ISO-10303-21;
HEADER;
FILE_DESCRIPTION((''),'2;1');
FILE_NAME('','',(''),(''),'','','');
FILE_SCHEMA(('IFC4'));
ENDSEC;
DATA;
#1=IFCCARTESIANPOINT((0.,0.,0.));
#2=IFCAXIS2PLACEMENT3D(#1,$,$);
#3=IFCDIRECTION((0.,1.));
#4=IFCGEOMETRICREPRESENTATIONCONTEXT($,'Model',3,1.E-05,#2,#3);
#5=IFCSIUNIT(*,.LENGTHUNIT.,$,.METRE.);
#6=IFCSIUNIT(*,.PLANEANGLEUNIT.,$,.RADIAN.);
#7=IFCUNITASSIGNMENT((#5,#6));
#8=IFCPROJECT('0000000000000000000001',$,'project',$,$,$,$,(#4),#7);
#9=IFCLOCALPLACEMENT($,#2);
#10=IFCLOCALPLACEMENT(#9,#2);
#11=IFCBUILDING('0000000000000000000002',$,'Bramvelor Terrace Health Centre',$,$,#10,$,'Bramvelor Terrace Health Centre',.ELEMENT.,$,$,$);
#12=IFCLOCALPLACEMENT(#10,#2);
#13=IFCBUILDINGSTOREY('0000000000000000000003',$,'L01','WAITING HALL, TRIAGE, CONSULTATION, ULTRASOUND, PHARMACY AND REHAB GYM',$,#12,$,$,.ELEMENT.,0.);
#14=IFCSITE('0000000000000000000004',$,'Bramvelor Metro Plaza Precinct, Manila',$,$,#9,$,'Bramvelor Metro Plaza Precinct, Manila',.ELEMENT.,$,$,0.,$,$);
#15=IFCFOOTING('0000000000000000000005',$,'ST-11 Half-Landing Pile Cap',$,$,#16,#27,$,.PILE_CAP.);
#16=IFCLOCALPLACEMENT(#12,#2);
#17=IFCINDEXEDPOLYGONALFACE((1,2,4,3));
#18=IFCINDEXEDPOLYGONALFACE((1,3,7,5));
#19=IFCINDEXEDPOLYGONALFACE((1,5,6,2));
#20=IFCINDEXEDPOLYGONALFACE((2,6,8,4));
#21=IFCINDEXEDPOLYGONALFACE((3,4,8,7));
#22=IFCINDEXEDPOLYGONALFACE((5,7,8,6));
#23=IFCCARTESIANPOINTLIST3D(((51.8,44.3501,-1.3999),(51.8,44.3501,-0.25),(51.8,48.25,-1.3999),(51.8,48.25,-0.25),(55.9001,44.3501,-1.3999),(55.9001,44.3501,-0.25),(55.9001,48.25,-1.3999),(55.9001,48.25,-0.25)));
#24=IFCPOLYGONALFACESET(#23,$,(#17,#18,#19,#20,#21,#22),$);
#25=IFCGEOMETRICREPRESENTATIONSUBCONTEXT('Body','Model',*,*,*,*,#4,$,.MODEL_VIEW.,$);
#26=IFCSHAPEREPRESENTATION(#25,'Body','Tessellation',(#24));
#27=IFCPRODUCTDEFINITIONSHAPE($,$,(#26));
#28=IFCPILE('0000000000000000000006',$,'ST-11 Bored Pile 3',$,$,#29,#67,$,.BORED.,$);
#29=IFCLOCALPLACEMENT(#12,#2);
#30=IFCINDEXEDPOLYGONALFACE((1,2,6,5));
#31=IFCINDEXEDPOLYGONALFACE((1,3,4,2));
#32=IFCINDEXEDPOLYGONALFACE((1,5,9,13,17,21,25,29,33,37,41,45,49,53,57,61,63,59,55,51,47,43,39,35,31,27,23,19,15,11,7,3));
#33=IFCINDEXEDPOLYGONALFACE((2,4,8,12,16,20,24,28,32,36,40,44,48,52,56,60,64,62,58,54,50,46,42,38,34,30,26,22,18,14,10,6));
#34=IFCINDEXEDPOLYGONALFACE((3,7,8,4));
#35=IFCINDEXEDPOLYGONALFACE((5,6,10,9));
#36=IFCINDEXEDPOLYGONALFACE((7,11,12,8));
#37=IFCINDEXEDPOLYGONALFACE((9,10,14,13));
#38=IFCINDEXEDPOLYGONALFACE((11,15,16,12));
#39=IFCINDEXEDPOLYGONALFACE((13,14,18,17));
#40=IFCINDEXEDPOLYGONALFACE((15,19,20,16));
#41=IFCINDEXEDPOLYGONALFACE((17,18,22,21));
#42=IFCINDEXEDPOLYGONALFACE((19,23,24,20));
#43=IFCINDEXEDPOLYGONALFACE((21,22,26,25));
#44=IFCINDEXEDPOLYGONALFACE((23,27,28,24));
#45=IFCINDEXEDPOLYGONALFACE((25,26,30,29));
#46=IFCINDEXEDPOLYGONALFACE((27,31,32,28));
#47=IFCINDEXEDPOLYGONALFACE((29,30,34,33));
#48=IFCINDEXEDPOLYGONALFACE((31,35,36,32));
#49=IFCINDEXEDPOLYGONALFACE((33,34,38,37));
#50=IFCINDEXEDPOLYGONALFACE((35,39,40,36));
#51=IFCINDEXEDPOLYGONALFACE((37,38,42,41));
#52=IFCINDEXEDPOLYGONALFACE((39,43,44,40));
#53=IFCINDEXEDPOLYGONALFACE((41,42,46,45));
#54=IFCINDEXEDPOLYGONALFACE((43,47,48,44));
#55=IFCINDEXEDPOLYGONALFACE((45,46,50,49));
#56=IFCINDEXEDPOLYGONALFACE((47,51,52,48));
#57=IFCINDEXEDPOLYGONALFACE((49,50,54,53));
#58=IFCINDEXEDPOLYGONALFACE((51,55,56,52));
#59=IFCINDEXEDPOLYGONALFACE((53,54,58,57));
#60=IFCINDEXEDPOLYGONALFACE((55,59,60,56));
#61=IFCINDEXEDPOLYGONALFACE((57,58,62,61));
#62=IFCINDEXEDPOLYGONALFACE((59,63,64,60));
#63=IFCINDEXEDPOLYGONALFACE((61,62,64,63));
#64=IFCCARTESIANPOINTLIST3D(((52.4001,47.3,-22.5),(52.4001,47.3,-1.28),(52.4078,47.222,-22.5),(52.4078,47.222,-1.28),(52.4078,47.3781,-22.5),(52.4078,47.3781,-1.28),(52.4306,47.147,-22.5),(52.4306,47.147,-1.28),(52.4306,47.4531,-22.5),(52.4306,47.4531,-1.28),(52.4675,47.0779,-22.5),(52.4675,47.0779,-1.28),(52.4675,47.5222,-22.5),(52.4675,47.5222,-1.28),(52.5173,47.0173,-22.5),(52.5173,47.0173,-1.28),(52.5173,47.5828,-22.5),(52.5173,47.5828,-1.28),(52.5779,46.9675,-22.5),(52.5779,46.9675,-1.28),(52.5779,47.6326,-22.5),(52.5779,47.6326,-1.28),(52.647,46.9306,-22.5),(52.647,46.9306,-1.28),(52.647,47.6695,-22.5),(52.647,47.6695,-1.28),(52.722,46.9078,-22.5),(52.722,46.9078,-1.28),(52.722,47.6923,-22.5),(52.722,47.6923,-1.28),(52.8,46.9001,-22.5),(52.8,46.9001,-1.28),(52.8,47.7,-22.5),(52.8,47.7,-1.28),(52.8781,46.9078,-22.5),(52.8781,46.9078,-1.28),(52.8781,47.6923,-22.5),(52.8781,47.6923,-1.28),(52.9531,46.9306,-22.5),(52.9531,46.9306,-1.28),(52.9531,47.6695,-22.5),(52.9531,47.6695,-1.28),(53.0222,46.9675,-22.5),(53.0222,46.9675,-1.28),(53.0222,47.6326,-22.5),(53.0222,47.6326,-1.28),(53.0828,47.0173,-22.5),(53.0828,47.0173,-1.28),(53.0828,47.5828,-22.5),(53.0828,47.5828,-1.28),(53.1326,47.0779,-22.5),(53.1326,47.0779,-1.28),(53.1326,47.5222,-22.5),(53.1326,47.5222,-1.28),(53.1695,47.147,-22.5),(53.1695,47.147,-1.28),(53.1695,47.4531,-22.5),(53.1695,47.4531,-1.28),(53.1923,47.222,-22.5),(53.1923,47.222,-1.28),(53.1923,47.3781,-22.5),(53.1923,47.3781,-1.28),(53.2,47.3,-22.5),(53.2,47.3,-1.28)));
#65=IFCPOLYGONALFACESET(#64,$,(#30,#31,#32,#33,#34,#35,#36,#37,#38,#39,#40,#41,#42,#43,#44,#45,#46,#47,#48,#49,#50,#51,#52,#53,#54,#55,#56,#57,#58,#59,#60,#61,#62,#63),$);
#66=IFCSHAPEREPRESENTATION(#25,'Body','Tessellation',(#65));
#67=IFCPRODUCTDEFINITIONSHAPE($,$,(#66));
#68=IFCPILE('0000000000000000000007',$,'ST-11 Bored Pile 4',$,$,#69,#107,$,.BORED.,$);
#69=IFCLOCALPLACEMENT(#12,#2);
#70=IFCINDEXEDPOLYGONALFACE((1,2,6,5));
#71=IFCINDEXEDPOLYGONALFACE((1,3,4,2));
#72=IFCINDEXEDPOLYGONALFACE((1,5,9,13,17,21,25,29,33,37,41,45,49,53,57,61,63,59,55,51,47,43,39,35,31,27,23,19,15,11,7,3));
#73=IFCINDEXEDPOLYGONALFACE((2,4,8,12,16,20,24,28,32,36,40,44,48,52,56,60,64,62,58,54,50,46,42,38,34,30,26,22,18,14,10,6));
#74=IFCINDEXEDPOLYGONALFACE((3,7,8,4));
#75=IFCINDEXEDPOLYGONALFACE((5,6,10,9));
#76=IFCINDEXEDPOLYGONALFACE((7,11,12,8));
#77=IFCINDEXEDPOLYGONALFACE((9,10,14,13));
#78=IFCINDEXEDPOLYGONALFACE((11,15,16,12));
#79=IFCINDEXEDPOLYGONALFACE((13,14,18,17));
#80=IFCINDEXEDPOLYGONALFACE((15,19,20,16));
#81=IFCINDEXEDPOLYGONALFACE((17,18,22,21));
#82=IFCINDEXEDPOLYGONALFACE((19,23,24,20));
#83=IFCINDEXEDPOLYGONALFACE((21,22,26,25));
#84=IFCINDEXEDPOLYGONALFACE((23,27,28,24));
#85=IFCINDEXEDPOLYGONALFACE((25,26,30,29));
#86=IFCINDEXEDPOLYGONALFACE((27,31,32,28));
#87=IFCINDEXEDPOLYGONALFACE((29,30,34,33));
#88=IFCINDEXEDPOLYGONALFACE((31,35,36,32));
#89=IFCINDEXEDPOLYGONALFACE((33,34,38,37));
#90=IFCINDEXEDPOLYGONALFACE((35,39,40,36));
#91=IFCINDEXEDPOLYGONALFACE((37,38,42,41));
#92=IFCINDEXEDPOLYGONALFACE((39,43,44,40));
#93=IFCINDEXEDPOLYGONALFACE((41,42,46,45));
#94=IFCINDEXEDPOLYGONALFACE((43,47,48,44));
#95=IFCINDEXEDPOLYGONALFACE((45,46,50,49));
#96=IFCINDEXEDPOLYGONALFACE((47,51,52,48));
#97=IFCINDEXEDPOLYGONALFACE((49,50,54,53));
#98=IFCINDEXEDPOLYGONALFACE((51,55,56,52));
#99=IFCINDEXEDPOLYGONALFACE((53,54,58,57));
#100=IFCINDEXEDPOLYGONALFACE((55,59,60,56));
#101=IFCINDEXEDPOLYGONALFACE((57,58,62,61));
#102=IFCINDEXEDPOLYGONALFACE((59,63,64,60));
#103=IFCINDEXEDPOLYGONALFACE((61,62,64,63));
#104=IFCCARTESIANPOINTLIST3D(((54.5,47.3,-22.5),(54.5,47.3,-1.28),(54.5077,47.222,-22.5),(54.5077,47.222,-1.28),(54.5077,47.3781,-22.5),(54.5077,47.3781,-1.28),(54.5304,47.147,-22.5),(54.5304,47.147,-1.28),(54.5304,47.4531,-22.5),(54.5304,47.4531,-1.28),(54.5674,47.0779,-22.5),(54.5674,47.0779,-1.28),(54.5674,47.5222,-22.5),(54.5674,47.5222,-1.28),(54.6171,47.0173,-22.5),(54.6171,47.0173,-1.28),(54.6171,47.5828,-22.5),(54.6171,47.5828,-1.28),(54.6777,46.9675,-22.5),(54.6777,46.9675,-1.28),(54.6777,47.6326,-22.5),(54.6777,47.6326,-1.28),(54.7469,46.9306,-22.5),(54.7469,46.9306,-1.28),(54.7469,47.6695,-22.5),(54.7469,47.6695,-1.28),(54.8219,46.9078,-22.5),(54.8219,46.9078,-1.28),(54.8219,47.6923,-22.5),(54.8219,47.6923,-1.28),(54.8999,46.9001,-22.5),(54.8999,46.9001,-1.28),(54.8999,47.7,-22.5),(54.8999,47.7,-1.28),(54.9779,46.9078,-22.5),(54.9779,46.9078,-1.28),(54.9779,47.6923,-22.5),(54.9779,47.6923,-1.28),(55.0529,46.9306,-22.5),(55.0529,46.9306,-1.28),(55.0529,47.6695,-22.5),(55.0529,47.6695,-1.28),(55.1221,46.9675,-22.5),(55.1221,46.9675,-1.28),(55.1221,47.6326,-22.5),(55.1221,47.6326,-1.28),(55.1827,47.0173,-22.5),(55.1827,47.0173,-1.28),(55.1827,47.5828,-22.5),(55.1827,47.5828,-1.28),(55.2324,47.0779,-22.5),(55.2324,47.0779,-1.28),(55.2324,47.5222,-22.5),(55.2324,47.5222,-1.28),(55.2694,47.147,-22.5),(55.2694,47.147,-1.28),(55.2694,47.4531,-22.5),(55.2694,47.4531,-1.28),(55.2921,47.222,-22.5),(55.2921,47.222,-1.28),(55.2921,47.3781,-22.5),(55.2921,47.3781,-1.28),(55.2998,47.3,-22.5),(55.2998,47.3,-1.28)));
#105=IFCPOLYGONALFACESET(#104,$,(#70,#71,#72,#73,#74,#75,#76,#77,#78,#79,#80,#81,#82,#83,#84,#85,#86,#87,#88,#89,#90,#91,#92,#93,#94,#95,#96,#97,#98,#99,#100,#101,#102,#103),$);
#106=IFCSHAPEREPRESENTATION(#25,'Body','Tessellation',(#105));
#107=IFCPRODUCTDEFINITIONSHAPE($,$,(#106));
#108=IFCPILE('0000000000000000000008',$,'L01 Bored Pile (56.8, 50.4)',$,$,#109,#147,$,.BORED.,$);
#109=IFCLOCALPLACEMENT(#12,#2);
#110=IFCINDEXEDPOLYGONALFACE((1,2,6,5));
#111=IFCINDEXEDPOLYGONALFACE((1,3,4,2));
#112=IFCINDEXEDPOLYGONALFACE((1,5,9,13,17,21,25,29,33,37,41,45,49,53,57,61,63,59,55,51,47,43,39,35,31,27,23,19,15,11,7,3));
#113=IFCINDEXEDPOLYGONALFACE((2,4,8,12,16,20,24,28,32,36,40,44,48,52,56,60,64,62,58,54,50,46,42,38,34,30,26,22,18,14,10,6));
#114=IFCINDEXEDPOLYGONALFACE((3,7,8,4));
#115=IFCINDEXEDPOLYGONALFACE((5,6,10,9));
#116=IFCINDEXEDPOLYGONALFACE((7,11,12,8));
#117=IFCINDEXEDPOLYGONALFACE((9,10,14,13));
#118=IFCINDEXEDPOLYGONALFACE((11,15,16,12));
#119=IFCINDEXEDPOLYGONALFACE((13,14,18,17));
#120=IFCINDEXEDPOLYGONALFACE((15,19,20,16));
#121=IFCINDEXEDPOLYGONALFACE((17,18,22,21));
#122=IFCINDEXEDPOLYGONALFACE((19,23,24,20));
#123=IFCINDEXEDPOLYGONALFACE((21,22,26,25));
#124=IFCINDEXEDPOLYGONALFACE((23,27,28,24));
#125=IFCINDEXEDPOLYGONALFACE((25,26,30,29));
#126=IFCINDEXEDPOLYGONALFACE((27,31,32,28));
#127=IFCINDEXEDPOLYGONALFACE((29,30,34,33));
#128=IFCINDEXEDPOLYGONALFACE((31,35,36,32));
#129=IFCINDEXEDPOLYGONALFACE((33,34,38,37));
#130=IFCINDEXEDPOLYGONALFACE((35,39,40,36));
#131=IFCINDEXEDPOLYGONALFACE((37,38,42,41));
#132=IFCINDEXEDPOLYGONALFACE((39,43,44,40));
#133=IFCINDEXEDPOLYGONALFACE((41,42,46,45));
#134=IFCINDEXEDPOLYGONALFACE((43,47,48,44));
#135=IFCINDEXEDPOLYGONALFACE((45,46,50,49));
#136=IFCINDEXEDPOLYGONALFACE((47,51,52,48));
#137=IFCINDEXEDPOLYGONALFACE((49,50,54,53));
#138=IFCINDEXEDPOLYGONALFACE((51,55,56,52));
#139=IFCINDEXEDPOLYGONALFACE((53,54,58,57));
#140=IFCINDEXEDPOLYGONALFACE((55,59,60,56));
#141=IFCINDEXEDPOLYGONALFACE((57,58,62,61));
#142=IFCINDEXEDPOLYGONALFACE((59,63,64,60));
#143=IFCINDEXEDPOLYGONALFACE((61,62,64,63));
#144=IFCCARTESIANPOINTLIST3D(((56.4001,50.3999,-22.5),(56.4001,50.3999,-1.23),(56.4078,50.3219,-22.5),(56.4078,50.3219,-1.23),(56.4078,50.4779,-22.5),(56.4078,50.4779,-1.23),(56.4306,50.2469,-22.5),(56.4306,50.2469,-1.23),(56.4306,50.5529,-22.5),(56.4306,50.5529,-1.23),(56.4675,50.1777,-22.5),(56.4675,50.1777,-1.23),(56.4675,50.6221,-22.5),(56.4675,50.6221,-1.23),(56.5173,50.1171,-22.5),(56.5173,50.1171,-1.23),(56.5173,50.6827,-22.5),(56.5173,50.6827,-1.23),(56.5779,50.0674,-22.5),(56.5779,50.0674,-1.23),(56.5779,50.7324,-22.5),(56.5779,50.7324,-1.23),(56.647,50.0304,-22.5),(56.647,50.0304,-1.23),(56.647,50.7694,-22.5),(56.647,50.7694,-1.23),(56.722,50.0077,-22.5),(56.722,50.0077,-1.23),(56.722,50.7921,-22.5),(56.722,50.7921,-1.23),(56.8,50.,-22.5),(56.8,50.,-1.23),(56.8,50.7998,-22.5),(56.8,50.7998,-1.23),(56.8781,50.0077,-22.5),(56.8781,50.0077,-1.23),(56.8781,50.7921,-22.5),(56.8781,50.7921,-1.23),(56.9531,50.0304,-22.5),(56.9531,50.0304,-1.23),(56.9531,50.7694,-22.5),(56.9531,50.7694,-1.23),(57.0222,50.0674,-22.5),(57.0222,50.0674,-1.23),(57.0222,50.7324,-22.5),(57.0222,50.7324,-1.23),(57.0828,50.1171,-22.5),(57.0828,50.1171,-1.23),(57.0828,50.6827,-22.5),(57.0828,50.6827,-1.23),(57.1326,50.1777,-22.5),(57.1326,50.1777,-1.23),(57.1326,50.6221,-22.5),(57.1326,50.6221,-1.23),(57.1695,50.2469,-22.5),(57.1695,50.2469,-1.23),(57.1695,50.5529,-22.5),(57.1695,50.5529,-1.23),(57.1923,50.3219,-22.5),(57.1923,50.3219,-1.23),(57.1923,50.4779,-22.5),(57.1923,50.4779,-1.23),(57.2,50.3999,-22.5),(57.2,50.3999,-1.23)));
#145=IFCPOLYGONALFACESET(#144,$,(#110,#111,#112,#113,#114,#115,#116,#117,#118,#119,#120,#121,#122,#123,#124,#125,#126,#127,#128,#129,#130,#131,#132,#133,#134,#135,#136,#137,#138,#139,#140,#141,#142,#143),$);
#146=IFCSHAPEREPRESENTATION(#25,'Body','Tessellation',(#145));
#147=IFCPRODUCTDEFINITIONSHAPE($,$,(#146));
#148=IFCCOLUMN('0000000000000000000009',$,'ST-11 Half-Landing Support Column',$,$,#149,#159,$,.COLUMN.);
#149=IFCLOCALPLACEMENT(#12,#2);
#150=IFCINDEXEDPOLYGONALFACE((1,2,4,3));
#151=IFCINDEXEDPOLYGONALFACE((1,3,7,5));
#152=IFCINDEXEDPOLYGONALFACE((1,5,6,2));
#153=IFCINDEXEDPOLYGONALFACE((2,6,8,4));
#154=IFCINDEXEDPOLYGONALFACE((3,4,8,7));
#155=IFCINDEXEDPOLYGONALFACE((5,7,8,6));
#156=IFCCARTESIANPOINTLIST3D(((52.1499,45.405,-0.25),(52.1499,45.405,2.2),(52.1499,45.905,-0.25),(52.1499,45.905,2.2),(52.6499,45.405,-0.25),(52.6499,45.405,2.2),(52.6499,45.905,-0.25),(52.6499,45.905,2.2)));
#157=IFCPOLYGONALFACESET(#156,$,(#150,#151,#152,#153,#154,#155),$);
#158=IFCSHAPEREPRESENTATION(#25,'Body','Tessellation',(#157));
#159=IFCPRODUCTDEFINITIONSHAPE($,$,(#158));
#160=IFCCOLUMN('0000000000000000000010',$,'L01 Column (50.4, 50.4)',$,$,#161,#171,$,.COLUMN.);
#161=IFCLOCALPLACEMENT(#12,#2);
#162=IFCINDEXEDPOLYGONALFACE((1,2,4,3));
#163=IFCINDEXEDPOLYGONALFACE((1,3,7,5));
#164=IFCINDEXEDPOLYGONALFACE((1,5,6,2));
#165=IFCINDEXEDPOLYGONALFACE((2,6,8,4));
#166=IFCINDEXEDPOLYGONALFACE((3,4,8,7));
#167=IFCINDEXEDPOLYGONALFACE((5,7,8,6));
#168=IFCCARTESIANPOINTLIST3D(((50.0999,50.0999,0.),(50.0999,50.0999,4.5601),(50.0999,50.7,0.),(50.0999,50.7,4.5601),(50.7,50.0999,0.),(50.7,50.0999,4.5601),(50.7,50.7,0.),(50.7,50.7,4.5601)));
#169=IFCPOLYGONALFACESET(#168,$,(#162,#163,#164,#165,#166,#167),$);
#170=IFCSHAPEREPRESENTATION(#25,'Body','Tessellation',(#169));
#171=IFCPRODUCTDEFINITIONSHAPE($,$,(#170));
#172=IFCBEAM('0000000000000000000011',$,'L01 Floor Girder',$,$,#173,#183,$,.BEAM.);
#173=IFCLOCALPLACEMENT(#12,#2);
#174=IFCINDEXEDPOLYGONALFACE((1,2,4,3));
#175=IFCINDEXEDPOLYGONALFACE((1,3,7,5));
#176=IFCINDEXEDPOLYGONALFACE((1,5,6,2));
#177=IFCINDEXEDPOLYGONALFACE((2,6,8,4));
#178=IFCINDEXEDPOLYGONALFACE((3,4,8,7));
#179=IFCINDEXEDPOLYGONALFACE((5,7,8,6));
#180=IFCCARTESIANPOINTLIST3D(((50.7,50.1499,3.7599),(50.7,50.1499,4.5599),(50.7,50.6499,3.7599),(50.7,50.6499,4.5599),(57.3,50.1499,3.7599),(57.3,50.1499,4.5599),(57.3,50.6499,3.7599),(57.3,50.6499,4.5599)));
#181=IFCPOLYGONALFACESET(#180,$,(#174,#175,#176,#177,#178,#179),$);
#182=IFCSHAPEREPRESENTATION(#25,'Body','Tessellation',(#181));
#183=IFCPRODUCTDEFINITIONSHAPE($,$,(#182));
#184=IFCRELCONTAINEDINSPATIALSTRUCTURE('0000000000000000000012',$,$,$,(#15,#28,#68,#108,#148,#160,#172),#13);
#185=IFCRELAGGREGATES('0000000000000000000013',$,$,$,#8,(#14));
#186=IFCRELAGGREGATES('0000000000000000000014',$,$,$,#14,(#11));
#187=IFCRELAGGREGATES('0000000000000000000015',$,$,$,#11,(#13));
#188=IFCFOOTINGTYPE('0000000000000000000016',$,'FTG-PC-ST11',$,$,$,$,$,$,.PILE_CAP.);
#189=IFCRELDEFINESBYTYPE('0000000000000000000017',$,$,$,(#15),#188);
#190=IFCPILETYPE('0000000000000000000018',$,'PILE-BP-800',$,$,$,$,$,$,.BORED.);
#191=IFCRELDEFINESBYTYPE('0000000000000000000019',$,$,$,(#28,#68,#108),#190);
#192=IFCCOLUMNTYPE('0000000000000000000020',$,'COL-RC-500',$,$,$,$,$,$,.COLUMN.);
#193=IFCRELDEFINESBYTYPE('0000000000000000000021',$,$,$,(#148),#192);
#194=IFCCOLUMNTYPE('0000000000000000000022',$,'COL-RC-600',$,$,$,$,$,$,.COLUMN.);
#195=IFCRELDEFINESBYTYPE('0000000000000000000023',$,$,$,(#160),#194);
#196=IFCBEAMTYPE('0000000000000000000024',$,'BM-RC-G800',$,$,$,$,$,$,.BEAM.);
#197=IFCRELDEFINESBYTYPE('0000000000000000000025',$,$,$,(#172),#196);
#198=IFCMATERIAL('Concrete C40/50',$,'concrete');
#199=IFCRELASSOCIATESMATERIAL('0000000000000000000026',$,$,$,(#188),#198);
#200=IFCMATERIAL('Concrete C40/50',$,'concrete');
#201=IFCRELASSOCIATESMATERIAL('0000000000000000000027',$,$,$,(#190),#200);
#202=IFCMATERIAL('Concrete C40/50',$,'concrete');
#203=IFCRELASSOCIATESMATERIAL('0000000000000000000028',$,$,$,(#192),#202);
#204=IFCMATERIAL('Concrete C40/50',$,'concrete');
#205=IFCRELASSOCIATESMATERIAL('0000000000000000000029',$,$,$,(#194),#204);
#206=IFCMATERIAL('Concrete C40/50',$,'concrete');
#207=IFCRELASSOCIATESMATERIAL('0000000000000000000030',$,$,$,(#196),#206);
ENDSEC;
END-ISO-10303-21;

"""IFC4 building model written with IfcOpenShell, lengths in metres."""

from ifc_helpers import new_model, si_unit, direction, frame, origin, origin_2d, place, context, subcontext, project, spatial, rectangle, circle, extrude, material, material_profile, profile_set, type_object, element, save


model = new_model("IFC4")

# Units and contexts
model_context = context("Model", 3, precision=1e-05, world=origin(), true_north=direction((0.0, 1.0)))
body_context = subcontext(model_context, "Body", "Model", "MODEL_VIEW")
ifc_project = project(units=[si_unit("LENGTHUNIT", "METRE"), si_unit("PLANEANGLEUNIT", "RADIAN")], contexts=[model_context])

# Site, building, storey
site_placement = place(None, origin())
site = spatial("IfcSite", under=ifc_project, at=site_placement, Name="Bramvelor Metro Plaza Precinct, Manila", LongName="Bramvelor Metro Plaza Precinct, Manila", CompositionType="ELEMENT", RefElevation=0.0)
building_placement = place(site_placement, origin())
building = spatial("IfcBuilding", under=site, at=building_placement, Name="Bramvelor Terrace Health Centre", LongName="Bramvelor Terrace Health Centre", CompositionType="ELEMENT")
storey_placement = place(building_placement, origin())
storey = spatial("IfcBuildingStorey", under=building, at=storey_placement, Name="L01", Description="WAITING HALL, TRIAGE, CONSULTATION, ULTRASOUND, PHARMACY AND REHAB GYM", CompositionType="ELEMENT", Elevation=0.0)

# Footing
ifc_material_1 = material(Name="Concrete C40/50", Category="concrete")
footing_type = type_object("IfcFootingType", Name="FTG-PC-ST11", PredefinedType="PILE_CAP", material=ifc_material_1)
footing_placement = place(storey_placement, frame((53.8501, 46.3, -1.3999), z_axis=(0.0, 0.0, 1.0), x_axis=(1.0, 0.0, 0.0)))
element("IfcFooting", 1, at=footing_placement, inside=storey, type_object=footing_type, Name="ST-11 Half-Landing Pile Cap", PredefinedType="PILE_CAP", context=body_context, shape_type="SweptSolid", body=[
    extrude(rectangle(XDim=4.1001, YDim=3.8999, at=origin_2d()), origin(), (0.0, 0.0, 1.0), 1.1499),
])

# Piles
ifc_material_2 = material(Name="Concrete C40/50", Category="concrete")
ifc_material_profile_1 = material_profile(ifc_material_2, circle(Radius=0.3999, at=origin_2d()), Name="BP D800")
ifc_profile_set_1 = profile_set([ifc_material_profile_1], Name="Concrete C40/50")
pile_type = type_object("IfcPileType", Name="PILE-BP-800", PredefinedType="BORED", material=ifc_profile_set_1)
for number, where, z_axis, x_axis, name in (
    (2, (52.8, 47.3, -1.28), (0.0, 0.0, -1.0), (1.0, 0.0, 0.0), "ST-11 Bored Pile 3"),
    (3, (54.8999, 47.3, -1.28), (0.0, 0.0, -1.0), (1.0, 0.0, 0.0), "ST-11 Bored Pile 4"),
):
    element("IfcPile", number, at=place(storey_placement, frame(where, z_axis=z_axis, x_axis=x_axis)), inside=storey, type_object=pile_type, Name=name, PredefinedType="BORED", context=body_context, shape_type="SweptSolid", body=[
        extrude(circle(Radius=0.3999, at=origin_2d()), origin(), (0.0, 0.0, 1.0), 21.22),
    ])
pile_placement = place(storey_placement, frame((56.8, 50.3999, -1.23), z_axis=(0.0, 0.0, -1.0), x_axis=(1.0, 0.0, 0.0)))
element("IfcPile", 4, at=pile_placement, inside=storey, type_object=pile_type, Name="L01 Bored Pile (56.8, 50.4)", PredefinedType="BORED", context=body_context, shape_type="SweptSolid", body=[
    extrude(circle(Radius=0.3999, at=origin_2d()), origin(), (0.0, 0.0, 1.0), 21.27),
])

# Columns
ifc_material_3 = material(Name="Concrete C40/50", Category="concrete")
ifc_material_profile_2 = material_profile(ifc_material_3, rectangle(XDim=0.5, YDim=0.5, at=origin_2d()), Name="RC 500x500")
ifc_profile_set_2 = profile_set([ifc_material_profile_2], Name="Concrete C40/50")
column_type_1 = type_object("IfcColumnType", Name="COL-RC-500", PredefinedType="COLUMN", material=ifc_profile_set_2)
column_1_placement = place(storey_placement, frame((52.3999, 45.655, -0.25), z_axis=(0.0, 0.0, 1.0), x_axis=(1.0, 0.0, 0.0)))
element("IfcColumn", 5, at=column_1_placement, inside=storey, type_object=column_type_1, Name="ST-11 Half-Landing Support Column", PredefinedType="COLUMN", context=body_context, shape_type="SweptSolid", body=[
    extrude(rectangle(XDim=0.5, YDim=0.5, at=origin_2d()), origin(), (0.0, 0.0, 1.0), 2.45),
])
ifc_material_4 = material(Name="Concrete C40/50", Category="concrete")
ifc_material_profile_3 = material_profile(ifc_material_4, rectangle(XDim=0.6001, YDim=0.6001, at=origin_2d()), Name="RC 600x600")
ifc_profile_set_3 = profile_set([ifc_material_profile_3], Name="Concrete C40/50")
column_type_2 = type_object("IfcColumnType", Name="COL-RC-600", PredefinedType="COLUMN", material=ifc_profile_set_3)
column_2_placement = place(storey_placement, frame((50.3999, 50.3999, 0.0), z_axis=(0.0, 0.0, 1.0), x_axis=(1.0, 0.0, 0.0)))
element("IfcColumn", 6, at=column_2_placement, inside=storey, type_object=column_type_2, Name="L01 Column (50.4, 50.4)", PredefinedType="COLUMN", context=body_context, shape_type="SweptSolid", body=[
    extrude(rectangle(XDim=0.6001, YDim=0.6001, at=origin_2d()), origin(), (0.0, 0.0, 1.0), 4.5601),
])

# Beam
ifc_material_5 = material(Name="Concrete C40/50", Category="concrete")
ifc_material_profile_4 = material_profile(ifc_material_5, rectangle(XDim=0.5, YDim=0.8, at=origin_2d()), Name="RC 500x800")
ifc_profile_set_4 = profile_set([ifc_material_profile_4], Name="Concrete C40/50")
beam_type_1 = type_object("IfcBeamType", Name="BM-RC-G800", PredefinedType="BEAM", material=ifc_profile_set_4)
beam_placement = place(storey_placement, frame((50.7, 50.3999, 4.1599), z_axis=(1.0, 0.0, 0.0), x_axis=(0.0, 1.0, 0.0)))
element("IfcBeam", 7, at=beam_placement, inside=storey, type_object=beam_type_1, Name="L01 Floor Girder", PredefinedType="BEAM", context=body_context, shape_type="SweptSolid", body=[
    extrude(rectangle(XDim=0.5, YDim=0.8, at=origin_2d()), origin(), (0.0, 0.0, 1.0), 6.6001),
])

save(model, "model.ifc")
